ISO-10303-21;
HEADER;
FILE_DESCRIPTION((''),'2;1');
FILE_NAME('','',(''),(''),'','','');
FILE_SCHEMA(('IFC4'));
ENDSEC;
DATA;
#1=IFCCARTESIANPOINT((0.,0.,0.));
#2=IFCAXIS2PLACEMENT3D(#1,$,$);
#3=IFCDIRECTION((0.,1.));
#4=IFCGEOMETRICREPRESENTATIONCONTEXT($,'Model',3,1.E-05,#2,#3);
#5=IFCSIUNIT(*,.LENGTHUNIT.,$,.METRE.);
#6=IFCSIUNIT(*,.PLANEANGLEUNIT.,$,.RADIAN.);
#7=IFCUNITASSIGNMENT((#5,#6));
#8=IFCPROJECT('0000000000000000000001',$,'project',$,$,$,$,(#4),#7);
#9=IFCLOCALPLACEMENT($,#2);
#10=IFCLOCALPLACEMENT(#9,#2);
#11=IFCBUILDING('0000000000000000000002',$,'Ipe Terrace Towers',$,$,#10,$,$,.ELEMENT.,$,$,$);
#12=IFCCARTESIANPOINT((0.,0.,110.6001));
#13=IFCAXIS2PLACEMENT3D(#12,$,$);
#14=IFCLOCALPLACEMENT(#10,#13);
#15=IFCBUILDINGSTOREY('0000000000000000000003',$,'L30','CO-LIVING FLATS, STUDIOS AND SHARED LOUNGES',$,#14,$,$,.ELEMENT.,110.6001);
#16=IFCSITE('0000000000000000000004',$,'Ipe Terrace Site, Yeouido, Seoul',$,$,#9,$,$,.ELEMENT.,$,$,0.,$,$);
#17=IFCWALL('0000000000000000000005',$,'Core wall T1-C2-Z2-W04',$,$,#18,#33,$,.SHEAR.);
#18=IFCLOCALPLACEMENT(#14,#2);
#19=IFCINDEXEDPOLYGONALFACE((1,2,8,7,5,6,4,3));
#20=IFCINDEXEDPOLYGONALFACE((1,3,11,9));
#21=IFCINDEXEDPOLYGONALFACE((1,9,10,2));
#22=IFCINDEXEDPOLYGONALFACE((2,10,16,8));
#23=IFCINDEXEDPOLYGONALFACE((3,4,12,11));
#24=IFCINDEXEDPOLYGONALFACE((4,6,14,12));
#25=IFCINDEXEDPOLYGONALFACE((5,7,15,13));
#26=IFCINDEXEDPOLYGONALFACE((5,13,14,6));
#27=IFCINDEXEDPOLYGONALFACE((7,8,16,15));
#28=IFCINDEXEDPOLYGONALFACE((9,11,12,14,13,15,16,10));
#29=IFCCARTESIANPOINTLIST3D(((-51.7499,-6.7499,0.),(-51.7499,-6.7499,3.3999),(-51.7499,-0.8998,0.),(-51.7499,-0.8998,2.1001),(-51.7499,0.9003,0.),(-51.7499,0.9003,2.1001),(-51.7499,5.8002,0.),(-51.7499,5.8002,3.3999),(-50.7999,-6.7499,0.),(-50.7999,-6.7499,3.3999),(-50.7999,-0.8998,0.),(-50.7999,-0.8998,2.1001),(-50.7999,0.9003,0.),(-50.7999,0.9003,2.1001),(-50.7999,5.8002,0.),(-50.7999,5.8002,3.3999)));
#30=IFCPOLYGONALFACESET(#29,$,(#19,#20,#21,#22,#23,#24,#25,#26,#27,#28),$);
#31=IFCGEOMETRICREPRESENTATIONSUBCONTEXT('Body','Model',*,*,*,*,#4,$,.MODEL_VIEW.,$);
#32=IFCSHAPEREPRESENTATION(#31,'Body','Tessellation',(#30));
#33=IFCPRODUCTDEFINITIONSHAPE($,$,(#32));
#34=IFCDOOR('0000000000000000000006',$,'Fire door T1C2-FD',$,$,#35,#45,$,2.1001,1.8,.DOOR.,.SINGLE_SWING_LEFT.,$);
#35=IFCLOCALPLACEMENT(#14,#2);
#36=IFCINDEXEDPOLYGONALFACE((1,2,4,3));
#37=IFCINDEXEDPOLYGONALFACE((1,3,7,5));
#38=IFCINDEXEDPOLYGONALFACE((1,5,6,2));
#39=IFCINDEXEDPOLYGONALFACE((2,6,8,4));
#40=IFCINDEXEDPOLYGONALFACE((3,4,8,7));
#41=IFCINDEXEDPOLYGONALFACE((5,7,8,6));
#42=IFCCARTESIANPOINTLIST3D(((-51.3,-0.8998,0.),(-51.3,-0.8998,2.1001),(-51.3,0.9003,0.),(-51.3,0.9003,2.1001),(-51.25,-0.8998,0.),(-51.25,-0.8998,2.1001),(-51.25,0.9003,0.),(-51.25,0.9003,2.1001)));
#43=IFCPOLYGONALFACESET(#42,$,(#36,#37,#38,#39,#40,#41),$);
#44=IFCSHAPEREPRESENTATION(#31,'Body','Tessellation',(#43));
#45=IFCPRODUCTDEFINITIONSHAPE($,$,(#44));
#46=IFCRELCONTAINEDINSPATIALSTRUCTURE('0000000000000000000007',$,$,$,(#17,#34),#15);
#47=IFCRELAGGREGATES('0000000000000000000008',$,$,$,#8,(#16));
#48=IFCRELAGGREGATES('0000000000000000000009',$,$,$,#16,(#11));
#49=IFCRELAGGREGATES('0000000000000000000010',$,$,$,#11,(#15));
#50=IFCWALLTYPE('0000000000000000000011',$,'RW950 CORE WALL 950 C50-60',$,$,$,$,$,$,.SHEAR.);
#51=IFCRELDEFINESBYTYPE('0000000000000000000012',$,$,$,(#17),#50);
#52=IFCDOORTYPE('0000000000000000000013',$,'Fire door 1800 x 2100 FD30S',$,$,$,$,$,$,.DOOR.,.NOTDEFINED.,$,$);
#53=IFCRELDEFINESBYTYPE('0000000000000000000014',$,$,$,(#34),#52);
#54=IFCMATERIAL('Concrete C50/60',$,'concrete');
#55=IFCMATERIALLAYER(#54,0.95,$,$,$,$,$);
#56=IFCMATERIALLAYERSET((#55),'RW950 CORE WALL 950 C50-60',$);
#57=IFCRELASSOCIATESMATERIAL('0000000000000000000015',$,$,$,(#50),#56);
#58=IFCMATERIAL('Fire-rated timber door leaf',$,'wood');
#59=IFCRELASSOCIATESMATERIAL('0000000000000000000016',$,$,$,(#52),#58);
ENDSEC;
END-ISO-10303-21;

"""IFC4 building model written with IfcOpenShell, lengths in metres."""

from ifc_helpers import new_model, si_unit, direction, frame, frame_2d, origin, place, context, subcontext, project, spatial, rectangle, extrude, material, layer, layer_set, type_object, element, fill, save


model = new_model("IFC4")

# Units and contexts
model_context = context("Model", 3, precision=1e-05, world=origin(), true_north=direction((0.0, 1.0)))
body_context = subcontext(model_context, "Body", "Model", "MODEL_VIEW")
ifc_project = project(units=[si_unit("LENGTHUNIT", "METRE"), si_unit("PLANEANGLEUNIT", "RADIAN")], contexts=[model_context])

# Site, building, storey
site_placement = place(None, origin())
site = spatial("IfcSite", under=ifc_project, at=site_placement, Name="Ipe Terrace Site, Yeouido, Seoul", CompositionType="ELEMENT", RefElevation=0.0)
building_placement = place(site_placement, origin())
building = spatial("IfcBuilding", under=site, at=building_placement, Name="Ipe Terrace Towers", CompositionType="ELEMENT")
storey_placement = place(building_placement, frame((0.0, 0.0, 110.6001)))
storey = spatial("IfcBuildingStorey", under=building, at=storey_placement, Name="L30", Description="CO-LIVING FLATS, STUDIOS AND SHARED LOUNGES", CompositionType="ELEMENT", Elevation=110.6001)

# Wall, opening, door
ifc_material_1 = material(Name="Concrete C50/60", Category="concrete")
ifc_layer_1 = layer(ifc_material_1, 0.95)
ifc_layer_set_1 = layer_set([ifc_layer_1], Name="RW950 CORE WALL 950 C50-60")
wall_type_1 = type_object("IfcWallType", Name="RW950 CORE WALL 950 C50-60", PredefinedType="SHEAR", material=ifc_layer_set_1)
wall_1_placement = place(storey_placement, frame((-51.2749, 5.8, 0.0), z_axis=(0.0, 0.0, 1.0), x_axis=(0.0, -1.0, 0.0)))
wall_1 = element("IfcWall", 1, at=wall_1_placement, inside=storey, type_object=wall_type_1, Name="Core wall T1-C2-Z2-W04", PredefinedType="SHEAR", context=body_context, shape_type="SweptSolid", body=[
    extrude(rectangle(XDim=12.55, YDim=0.95, at=frame_2d((6.2749, 0.0))), origin(), (0.0, 0.0, 1.0), 3.3999),
])
opening_1_placement = place(wall_1_placement, frame((4.8999, 0.0, 0.0)))
opening_1 = element("IfcOpeningElement", 2, at=opening_1_placement, cuts=wall_1, PredefinedType="OPENING", context=body_context, shape_type="SweptSolid", body=[
    extrude(rectangle(XDim=1.8, YDim=2.1001, at=frame_2d((0.8999, 1.05))), frame((0.0, 0.4849, 0.0), z_axis=(0.0, -1.0, 0.0), x_axis=(1.0, 0.0, 0.0)), (0.0, 0.0, 1.0), 0.97),
])
ifc_material_2 = material(Name="Fire-rated timber door leaf", Category="wood")
door_type_1 = type_object("IfcDoorType", Name="Fire door 1800 x 2100 FD30S", OperationType="NOTDEFINED", PredefinedType="DOOR", material=ifc_material_2)
door_1_placement = place(opening_1_placement, origin())
door_1 = element("IfcDoor", 3, at=door_1_placement, inside=storey, type_object=door_type_1, Name="Fire door T1C2-FD", OperationType="SINGLE_SWING_LEFT", OverallHeight=2.1001, OverallWidth=1.8, PredefinedType="DOOR", context=body_context, shape_type="SweptSolid", body=[
    extrude(rectangle(XDim=1.8, YDim=2.1001, at=frame_2d((0.8999, 1.05))), frame((0.0, 0.0249, 0.0), z_axis=(0.0, -1.0, 0.0), x_axis=(1.0, 0.0, 0.0)), (0.0, 0.0, 1.0), 0.05),
])
fill(opening_1, door_1)

save(model, "model.ifc")
